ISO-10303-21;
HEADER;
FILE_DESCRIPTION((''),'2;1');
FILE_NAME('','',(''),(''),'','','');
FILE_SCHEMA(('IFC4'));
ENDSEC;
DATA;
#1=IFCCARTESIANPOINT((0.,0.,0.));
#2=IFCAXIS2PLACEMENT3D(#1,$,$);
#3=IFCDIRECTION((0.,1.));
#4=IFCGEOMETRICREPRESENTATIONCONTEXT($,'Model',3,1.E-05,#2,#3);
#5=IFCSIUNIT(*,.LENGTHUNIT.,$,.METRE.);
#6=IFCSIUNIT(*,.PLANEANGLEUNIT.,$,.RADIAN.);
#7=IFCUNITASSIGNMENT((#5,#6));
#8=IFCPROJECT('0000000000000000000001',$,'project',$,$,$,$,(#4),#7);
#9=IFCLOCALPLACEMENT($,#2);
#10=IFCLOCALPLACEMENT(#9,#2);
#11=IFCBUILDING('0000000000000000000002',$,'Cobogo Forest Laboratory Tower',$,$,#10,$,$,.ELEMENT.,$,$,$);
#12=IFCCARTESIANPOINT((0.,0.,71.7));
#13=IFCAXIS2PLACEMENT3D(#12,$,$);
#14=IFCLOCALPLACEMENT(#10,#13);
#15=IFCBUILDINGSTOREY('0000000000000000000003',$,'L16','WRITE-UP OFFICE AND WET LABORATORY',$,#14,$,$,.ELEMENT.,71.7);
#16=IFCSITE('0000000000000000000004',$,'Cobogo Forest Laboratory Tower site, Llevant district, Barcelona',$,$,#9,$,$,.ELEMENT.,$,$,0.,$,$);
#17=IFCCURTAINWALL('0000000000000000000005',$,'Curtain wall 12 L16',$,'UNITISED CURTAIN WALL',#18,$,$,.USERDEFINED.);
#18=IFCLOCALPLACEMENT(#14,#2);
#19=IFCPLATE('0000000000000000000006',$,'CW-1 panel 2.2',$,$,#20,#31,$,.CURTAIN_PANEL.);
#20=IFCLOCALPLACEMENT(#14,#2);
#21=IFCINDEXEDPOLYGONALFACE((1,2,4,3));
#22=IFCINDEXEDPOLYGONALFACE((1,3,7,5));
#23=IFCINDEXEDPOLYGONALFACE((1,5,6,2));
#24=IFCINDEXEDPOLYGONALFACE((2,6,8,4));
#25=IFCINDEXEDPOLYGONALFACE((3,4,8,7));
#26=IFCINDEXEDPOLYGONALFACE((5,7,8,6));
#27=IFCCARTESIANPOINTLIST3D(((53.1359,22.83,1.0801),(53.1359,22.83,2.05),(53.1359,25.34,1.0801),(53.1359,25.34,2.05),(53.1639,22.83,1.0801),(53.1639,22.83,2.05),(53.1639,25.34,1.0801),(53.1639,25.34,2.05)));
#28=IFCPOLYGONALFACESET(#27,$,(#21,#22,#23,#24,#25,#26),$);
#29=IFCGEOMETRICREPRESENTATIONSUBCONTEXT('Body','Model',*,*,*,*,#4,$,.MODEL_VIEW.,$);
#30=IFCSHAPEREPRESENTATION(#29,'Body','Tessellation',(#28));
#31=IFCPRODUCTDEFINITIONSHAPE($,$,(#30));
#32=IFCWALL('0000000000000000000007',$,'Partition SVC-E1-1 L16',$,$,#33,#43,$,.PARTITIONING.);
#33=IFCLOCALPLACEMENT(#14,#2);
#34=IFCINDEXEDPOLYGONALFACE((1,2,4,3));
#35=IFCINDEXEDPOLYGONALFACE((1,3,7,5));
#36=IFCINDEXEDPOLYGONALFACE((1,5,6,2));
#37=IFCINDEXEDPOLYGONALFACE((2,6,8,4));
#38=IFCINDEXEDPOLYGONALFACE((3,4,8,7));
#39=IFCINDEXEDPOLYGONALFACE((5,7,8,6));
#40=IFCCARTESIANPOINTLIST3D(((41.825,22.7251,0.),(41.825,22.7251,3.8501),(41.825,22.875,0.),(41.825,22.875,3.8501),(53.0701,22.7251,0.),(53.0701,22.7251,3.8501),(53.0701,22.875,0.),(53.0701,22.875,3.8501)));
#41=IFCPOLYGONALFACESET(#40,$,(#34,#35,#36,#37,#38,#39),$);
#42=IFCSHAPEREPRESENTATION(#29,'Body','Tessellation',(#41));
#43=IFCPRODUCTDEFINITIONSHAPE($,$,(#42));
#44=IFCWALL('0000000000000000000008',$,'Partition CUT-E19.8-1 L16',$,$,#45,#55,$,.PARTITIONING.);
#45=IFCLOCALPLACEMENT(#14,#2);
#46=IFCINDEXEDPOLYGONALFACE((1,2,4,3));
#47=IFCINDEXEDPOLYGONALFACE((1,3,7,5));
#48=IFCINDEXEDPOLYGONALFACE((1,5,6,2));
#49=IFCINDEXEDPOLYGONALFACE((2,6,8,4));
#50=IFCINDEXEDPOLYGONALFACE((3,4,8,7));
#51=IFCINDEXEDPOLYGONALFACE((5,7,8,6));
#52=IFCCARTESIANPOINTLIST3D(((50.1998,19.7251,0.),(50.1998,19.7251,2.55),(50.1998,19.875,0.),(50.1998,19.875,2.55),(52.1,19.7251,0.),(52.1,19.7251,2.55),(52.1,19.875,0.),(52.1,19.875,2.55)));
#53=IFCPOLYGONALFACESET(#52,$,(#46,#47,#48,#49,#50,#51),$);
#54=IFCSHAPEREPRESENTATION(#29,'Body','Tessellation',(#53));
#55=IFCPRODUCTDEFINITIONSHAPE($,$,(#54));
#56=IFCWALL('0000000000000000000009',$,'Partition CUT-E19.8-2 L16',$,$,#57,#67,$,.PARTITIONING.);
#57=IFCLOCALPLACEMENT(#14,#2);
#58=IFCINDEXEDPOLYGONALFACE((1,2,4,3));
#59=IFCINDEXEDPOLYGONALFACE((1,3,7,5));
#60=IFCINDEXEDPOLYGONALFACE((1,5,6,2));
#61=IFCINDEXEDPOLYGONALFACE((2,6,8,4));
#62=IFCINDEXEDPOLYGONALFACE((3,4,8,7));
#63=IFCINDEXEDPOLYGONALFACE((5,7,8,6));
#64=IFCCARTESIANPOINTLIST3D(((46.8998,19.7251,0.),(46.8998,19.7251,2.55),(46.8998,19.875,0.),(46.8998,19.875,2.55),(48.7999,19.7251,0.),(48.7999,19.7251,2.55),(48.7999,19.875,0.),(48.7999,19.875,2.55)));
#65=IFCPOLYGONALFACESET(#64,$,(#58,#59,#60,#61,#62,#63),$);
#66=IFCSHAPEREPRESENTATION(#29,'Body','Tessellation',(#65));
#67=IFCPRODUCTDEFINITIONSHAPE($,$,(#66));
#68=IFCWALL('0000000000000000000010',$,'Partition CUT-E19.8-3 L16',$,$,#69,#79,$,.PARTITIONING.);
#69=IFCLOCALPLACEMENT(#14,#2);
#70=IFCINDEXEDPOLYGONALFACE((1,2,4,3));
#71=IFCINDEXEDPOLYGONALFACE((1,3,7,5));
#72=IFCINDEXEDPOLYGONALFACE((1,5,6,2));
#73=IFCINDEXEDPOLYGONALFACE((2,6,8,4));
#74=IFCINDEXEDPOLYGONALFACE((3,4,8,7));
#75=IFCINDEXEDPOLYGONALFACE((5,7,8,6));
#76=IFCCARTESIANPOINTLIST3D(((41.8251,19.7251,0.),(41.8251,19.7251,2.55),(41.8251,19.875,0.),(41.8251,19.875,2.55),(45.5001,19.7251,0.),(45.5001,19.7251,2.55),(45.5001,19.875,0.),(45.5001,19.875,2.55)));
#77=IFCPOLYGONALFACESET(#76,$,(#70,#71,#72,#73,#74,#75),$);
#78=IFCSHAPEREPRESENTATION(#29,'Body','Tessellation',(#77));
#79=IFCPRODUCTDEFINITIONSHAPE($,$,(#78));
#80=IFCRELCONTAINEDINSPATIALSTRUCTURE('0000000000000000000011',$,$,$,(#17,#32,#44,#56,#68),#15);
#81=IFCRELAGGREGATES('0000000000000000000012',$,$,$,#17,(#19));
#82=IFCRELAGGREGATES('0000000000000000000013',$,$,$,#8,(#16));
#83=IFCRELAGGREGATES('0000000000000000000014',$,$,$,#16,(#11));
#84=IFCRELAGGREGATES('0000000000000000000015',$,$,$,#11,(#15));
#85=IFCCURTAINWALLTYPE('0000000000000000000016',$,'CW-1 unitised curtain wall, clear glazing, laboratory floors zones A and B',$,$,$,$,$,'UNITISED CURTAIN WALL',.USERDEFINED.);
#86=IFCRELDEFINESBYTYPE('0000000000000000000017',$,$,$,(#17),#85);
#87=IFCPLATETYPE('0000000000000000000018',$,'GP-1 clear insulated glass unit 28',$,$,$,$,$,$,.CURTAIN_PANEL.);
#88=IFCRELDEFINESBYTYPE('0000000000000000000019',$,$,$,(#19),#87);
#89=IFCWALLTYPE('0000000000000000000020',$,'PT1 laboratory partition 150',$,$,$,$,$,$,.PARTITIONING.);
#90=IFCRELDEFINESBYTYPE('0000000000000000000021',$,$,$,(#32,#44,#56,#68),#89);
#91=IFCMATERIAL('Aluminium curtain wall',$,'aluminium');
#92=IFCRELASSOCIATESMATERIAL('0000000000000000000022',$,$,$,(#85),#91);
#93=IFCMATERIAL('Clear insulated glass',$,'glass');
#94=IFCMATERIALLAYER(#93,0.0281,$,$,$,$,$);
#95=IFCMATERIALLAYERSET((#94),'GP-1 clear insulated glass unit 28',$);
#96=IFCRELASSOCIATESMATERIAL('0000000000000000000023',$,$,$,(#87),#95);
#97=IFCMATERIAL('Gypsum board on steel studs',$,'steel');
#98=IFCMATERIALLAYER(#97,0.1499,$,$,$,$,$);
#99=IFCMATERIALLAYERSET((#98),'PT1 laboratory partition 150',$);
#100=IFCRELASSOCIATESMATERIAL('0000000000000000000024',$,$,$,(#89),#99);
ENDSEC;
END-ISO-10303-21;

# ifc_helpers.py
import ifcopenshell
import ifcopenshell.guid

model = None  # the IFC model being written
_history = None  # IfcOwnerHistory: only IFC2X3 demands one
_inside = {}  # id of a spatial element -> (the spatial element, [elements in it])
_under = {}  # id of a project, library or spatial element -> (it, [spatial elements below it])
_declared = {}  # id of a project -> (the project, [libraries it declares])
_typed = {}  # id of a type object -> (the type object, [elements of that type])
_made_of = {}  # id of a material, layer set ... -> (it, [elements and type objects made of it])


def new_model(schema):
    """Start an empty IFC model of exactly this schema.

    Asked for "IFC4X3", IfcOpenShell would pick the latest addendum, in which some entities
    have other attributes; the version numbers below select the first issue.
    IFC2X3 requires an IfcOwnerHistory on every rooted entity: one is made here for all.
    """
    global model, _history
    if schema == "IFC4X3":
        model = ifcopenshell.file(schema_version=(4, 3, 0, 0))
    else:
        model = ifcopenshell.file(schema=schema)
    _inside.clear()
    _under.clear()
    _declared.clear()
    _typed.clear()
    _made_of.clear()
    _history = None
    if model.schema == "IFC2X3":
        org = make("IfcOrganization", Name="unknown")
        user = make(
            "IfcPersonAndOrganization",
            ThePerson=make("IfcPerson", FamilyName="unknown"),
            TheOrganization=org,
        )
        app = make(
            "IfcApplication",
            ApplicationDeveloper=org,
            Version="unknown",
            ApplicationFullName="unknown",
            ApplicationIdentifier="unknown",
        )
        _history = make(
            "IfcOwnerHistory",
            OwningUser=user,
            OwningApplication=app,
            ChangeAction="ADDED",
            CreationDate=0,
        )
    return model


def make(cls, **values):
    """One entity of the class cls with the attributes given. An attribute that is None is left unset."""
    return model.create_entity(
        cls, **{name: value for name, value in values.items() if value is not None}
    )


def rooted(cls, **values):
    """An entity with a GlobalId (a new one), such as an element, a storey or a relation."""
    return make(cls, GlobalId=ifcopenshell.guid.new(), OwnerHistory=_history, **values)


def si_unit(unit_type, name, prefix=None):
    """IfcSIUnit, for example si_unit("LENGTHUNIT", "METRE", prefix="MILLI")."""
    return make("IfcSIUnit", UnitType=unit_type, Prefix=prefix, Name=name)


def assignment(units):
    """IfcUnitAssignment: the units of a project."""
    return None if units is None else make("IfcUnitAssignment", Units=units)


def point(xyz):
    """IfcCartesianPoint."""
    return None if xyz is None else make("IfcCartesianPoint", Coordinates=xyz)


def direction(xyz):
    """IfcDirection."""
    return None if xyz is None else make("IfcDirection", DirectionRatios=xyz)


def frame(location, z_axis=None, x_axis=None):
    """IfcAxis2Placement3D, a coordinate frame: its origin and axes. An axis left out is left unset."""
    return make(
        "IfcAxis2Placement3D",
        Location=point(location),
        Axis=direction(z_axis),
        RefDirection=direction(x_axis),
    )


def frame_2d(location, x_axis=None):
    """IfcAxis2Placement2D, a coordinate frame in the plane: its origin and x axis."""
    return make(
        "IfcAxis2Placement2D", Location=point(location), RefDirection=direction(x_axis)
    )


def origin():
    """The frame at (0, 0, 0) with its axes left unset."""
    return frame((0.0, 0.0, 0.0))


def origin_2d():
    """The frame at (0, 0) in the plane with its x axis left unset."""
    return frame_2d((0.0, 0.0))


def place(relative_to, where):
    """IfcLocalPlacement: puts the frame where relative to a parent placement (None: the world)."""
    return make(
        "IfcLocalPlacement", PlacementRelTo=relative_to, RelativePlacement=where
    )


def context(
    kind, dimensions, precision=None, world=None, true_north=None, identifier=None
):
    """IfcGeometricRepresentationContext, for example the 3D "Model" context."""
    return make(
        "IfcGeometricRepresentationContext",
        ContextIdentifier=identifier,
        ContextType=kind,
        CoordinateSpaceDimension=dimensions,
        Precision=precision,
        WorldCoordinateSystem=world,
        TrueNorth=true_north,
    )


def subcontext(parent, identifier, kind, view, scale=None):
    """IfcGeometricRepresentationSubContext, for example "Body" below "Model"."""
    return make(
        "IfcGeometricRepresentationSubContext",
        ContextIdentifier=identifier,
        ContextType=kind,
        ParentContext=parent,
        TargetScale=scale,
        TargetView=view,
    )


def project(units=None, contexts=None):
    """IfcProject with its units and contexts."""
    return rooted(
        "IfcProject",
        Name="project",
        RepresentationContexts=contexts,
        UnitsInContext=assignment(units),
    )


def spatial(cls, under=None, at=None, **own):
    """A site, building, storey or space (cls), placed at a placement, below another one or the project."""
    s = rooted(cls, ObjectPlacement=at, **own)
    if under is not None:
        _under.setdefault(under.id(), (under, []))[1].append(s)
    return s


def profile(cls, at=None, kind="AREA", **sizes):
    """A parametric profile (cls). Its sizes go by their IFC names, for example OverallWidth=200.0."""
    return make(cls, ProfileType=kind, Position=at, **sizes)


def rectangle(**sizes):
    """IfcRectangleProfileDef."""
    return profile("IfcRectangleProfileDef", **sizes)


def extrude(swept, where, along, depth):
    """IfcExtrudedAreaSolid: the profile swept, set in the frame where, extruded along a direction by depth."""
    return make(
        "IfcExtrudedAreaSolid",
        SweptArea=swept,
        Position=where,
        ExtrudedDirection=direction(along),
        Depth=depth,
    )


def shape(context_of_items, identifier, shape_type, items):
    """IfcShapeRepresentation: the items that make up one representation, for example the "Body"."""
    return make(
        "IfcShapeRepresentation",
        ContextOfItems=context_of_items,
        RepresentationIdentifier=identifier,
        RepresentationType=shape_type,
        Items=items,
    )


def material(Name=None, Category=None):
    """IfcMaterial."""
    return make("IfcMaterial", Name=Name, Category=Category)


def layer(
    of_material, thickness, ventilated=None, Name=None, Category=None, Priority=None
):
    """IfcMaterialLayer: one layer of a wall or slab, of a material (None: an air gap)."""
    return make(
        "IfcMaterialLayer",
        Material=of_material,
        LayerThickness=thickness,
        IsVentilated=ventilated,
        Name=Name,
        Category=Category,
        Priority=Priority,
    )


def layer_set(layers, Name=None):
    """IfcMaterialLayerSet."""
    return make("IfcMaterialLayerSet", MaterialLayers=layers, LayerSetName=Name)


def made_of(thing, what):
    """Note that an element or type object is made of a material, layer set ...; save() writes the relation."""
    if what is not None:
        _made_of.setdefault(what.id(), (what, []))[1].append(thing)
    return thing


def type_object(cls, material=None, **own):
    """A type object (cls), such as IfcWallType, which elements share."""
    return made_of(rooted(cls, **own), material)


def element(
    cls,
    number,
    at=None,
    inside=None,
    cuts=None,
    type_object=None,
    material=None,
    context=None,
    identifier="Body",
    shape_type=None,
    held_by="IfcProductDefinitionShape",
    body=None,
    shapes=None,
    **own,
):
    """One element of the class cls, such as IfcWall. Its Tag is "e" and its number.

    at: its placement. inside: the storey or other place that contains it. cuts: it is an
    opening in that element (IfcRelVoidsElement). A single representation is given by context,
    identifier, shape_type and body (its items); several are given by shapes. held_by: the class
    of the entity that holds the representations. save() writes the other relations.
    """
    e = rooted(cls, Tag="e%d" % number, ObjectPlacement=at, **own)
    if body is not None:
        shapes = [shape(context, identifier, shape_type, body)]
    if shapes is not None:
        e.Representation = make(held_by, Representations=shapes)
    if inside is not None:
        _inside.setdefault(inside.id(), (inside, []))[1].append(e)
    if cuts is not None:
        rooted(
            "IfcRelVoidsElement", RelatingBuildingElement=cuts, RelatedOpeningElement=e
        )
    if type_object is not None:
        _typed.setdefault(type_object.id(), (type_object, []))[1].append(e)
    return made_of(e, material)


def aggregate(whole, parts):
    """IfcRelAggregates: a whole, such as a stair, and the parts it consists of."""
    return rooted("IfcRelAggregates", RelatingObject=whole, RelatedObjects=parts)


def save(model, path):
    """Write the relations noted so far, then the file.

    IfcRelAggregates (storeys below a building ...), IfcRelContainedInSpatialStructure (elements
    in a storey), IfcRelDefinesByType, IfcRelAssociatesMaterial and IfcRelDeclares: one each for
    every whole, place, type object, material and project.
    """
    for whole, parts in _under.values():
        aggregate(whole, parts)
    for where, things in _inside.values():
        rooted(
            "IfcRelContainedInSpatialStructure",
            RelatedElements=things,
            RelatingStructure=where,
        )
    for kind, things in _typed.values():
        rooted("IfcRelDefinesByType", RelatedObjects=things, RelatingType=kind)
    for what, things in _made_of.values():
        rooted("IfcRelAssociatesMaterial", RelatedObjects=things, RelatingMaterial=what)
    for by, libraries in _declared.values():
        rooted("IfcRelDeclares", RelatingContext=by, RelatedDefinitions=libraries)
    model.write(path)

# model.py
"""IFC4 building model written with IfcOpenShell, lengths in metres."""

from ifc_helpers import new_model, si_unit, direction, frame, frame_2d, origin, origin_2d, place, context, subcontext, project, spatial, rectangle, extrude, material, layer, layer_set, type_object, element, aggregate, save


model = new_model("IFC4")

# Units and contexts
model_context = context("Model", 3, precision=1e-05, world=origin(), true_north=direction((0.0, 1.0)))
body_context = subcontext(model_context, "Body", "Model", "MODEL_VIEW")
ifc_project = project(units=[si_unit("LENGTHUNIT", "METRE"), si_unit("PLANEANGLEUNIT", "RADIAN")], contexts=[model_context])

# Site, building, storey
site_placement = place(None, origin())
site = spatial("IfcSite", under=ifc_project, at=site_placement, Name="Cobogo Forest Laboratory Tower site, Llevant district, Barcelona", CompositionType="ELEMENT", RefElevation=0.0)
building_placement = place(site_placement, origin())
building = spatial("IfcBuilding", under=site, at=building_placement, Name="Cobogo Forest Laboratory Tower", CompositionType="ELEMENT")
storey_placement = place(building_placement, frame((0.0, 0.0, 71.7)))
storey = spatial("IfcBuildingStorey", under=building, at=storey_placement, Name="L16", Description="WRITE-UP OFFICE AND WET LABORATORY", CompositionType="ELEMENT", Elevation=71.7)

# Shared definitions
ifc_material_1 = material(Name="Aluminium curtain wall", Category="aluminium")
curtain_wall_type = type_object("IfcCurtainWallType", Name="CW-1 unitised curtain wall, clear glazing, laboratory floors zones A and B", ElementType="UNITISED CURTAIN WALL", PredefinedType="USERDEFINED", material=ifc_material_1)

# Curtain wall
curtain_wall_1_placement = place(storey_placement, origin())
curtain_wall_1 = element("IfcCurtainWall", 1, at=curtain_wall_1_placement, inside=storey, type_object=curtain_wall_type, Name="Curtain wall 12 L16", ObjectType="UNITISED CURTAIN WALL", PredefinedType="USERDEFINED")

# Plate
ifc_material_2 = material(Name="Clear insulated glass", Category="glass")
ifc_layer_1 = layer(ifc_material_2, 0.0281)
ifc_layer_set_1 = layer_set([ifc_layer_1], Name="GP-1 clear insulated glass unit 28")
plate_type_1 = type_object("IfcPlateType", Name="GP-1 clear insulated glass unit 28", PredefinedType="CURTAIN_PANEL", material=ifc_layer_set_1)
plate_1_placement = place(storey_placement, frame((53.1499, 24.085, 1.0801), z_axis=(0.0, 0.0, 1.0), x_axis=(0.0, 1.0, 0.0)))
plate_1 = element("IfcPlate", 2, at=plate_1_placement, type_object=plate_type_1, Name="CW-1 panel 2.2", PredefinedType="CURTAIN_PANEL", context=body_context, shape_type="SweptSolid", body=[
    extrude(rectangle(XDim=2.51, YDim=0.0281, at=origin_2d()), origin(), (0.0, 0.0, 1.0), 0.97),
])
aggregate(curtain_wall_1, [plate_1])

# Walls
ifc_material_3 = material(Name="Gypsum board on steel studs", Category="steel")
ifc_layer_2 = layer(ifc_material_3, 0.1499)
ifc_layer_set_2 = layer_set([ifc_layer_2], Name="PT1 laboratory partition 150")
wall_type = type_object("IfcWallType", Name="PT1 laboratory partition 150", PredefinedType="PARTITIONING", material=ifc_layer_set_2)
wall_1_placement = place(storey_placement, frame((53.0701, 22.8, 0.0), z_axis=(0.0, 0.0, 1.0), x_axis=(-1.0, 0.0, 0.0)))
element("IfcWall", 3, at=wall_1_placement, inside=storey, type_object=wall_type, Name="Partition SVC-E1-1 L16", PredefinedType="PARTITIONING", context=body_context, shape_type="SweptSolid", body=[
    extrude(rectangle(XDim=11.2451, YDim=0.1499, at=frame_2d((5.6226, 0.0))), origin(), (0.0, 0.0, 1.0), 3.8501),
])
for number, where, z_axis, x_axis, name in (
    (4, (52.1001, 19.8, 0.0), (0.0, 0.0, 1.0), (-1.0, 0.0, 0.0), "Partition CUT-E19.8-1 L16"),
    (5, (48.8, 19.8, 0.0), (0.0, 0.0, 1.0), (-1.0, 0.0, 0.0), "Partition CUT-E19.8-2 L16"),
):
    element("IfcWall", number, at=place(storey_placement, frame(where, z_axis=z_axis, x_axis=x_axis)), inside=storey, type_object=wall_type, Name=name, PredefinedType="PARTITIONING", context=body_context, shape_type="SweptSolid", body=[
        extrude(rectangle(XDim=1.9001, YDim=0.1499, at=frame_2d((0.9502, 0.0))), origin(), (0.0, 0.0, 1.0), 2.55),
    ])
wall_2_placement = place(storey_placement, frame((45.5, 19.8, 0.0), z_axis=(0.0, 0.0, 1.0), x_axis=(-1.0, 0.0, 0.0)))
element("IfcWall", 6, at=wall_2_placement, inside=storey, type_object=wall_type, Name="Partition CUT-E19.8-3 L16", PredefinedType="PARTITIONING", context=body_context, shape_type="SweptSolid", body=[
    extrude(rectangle(XDim=3.675, YDim=0.1499, at=frame_2d((1.8374, 0.0))), origin(), (0.0, 0.0, 1.0), 2.55),
])

save(model, "model.ifc")
